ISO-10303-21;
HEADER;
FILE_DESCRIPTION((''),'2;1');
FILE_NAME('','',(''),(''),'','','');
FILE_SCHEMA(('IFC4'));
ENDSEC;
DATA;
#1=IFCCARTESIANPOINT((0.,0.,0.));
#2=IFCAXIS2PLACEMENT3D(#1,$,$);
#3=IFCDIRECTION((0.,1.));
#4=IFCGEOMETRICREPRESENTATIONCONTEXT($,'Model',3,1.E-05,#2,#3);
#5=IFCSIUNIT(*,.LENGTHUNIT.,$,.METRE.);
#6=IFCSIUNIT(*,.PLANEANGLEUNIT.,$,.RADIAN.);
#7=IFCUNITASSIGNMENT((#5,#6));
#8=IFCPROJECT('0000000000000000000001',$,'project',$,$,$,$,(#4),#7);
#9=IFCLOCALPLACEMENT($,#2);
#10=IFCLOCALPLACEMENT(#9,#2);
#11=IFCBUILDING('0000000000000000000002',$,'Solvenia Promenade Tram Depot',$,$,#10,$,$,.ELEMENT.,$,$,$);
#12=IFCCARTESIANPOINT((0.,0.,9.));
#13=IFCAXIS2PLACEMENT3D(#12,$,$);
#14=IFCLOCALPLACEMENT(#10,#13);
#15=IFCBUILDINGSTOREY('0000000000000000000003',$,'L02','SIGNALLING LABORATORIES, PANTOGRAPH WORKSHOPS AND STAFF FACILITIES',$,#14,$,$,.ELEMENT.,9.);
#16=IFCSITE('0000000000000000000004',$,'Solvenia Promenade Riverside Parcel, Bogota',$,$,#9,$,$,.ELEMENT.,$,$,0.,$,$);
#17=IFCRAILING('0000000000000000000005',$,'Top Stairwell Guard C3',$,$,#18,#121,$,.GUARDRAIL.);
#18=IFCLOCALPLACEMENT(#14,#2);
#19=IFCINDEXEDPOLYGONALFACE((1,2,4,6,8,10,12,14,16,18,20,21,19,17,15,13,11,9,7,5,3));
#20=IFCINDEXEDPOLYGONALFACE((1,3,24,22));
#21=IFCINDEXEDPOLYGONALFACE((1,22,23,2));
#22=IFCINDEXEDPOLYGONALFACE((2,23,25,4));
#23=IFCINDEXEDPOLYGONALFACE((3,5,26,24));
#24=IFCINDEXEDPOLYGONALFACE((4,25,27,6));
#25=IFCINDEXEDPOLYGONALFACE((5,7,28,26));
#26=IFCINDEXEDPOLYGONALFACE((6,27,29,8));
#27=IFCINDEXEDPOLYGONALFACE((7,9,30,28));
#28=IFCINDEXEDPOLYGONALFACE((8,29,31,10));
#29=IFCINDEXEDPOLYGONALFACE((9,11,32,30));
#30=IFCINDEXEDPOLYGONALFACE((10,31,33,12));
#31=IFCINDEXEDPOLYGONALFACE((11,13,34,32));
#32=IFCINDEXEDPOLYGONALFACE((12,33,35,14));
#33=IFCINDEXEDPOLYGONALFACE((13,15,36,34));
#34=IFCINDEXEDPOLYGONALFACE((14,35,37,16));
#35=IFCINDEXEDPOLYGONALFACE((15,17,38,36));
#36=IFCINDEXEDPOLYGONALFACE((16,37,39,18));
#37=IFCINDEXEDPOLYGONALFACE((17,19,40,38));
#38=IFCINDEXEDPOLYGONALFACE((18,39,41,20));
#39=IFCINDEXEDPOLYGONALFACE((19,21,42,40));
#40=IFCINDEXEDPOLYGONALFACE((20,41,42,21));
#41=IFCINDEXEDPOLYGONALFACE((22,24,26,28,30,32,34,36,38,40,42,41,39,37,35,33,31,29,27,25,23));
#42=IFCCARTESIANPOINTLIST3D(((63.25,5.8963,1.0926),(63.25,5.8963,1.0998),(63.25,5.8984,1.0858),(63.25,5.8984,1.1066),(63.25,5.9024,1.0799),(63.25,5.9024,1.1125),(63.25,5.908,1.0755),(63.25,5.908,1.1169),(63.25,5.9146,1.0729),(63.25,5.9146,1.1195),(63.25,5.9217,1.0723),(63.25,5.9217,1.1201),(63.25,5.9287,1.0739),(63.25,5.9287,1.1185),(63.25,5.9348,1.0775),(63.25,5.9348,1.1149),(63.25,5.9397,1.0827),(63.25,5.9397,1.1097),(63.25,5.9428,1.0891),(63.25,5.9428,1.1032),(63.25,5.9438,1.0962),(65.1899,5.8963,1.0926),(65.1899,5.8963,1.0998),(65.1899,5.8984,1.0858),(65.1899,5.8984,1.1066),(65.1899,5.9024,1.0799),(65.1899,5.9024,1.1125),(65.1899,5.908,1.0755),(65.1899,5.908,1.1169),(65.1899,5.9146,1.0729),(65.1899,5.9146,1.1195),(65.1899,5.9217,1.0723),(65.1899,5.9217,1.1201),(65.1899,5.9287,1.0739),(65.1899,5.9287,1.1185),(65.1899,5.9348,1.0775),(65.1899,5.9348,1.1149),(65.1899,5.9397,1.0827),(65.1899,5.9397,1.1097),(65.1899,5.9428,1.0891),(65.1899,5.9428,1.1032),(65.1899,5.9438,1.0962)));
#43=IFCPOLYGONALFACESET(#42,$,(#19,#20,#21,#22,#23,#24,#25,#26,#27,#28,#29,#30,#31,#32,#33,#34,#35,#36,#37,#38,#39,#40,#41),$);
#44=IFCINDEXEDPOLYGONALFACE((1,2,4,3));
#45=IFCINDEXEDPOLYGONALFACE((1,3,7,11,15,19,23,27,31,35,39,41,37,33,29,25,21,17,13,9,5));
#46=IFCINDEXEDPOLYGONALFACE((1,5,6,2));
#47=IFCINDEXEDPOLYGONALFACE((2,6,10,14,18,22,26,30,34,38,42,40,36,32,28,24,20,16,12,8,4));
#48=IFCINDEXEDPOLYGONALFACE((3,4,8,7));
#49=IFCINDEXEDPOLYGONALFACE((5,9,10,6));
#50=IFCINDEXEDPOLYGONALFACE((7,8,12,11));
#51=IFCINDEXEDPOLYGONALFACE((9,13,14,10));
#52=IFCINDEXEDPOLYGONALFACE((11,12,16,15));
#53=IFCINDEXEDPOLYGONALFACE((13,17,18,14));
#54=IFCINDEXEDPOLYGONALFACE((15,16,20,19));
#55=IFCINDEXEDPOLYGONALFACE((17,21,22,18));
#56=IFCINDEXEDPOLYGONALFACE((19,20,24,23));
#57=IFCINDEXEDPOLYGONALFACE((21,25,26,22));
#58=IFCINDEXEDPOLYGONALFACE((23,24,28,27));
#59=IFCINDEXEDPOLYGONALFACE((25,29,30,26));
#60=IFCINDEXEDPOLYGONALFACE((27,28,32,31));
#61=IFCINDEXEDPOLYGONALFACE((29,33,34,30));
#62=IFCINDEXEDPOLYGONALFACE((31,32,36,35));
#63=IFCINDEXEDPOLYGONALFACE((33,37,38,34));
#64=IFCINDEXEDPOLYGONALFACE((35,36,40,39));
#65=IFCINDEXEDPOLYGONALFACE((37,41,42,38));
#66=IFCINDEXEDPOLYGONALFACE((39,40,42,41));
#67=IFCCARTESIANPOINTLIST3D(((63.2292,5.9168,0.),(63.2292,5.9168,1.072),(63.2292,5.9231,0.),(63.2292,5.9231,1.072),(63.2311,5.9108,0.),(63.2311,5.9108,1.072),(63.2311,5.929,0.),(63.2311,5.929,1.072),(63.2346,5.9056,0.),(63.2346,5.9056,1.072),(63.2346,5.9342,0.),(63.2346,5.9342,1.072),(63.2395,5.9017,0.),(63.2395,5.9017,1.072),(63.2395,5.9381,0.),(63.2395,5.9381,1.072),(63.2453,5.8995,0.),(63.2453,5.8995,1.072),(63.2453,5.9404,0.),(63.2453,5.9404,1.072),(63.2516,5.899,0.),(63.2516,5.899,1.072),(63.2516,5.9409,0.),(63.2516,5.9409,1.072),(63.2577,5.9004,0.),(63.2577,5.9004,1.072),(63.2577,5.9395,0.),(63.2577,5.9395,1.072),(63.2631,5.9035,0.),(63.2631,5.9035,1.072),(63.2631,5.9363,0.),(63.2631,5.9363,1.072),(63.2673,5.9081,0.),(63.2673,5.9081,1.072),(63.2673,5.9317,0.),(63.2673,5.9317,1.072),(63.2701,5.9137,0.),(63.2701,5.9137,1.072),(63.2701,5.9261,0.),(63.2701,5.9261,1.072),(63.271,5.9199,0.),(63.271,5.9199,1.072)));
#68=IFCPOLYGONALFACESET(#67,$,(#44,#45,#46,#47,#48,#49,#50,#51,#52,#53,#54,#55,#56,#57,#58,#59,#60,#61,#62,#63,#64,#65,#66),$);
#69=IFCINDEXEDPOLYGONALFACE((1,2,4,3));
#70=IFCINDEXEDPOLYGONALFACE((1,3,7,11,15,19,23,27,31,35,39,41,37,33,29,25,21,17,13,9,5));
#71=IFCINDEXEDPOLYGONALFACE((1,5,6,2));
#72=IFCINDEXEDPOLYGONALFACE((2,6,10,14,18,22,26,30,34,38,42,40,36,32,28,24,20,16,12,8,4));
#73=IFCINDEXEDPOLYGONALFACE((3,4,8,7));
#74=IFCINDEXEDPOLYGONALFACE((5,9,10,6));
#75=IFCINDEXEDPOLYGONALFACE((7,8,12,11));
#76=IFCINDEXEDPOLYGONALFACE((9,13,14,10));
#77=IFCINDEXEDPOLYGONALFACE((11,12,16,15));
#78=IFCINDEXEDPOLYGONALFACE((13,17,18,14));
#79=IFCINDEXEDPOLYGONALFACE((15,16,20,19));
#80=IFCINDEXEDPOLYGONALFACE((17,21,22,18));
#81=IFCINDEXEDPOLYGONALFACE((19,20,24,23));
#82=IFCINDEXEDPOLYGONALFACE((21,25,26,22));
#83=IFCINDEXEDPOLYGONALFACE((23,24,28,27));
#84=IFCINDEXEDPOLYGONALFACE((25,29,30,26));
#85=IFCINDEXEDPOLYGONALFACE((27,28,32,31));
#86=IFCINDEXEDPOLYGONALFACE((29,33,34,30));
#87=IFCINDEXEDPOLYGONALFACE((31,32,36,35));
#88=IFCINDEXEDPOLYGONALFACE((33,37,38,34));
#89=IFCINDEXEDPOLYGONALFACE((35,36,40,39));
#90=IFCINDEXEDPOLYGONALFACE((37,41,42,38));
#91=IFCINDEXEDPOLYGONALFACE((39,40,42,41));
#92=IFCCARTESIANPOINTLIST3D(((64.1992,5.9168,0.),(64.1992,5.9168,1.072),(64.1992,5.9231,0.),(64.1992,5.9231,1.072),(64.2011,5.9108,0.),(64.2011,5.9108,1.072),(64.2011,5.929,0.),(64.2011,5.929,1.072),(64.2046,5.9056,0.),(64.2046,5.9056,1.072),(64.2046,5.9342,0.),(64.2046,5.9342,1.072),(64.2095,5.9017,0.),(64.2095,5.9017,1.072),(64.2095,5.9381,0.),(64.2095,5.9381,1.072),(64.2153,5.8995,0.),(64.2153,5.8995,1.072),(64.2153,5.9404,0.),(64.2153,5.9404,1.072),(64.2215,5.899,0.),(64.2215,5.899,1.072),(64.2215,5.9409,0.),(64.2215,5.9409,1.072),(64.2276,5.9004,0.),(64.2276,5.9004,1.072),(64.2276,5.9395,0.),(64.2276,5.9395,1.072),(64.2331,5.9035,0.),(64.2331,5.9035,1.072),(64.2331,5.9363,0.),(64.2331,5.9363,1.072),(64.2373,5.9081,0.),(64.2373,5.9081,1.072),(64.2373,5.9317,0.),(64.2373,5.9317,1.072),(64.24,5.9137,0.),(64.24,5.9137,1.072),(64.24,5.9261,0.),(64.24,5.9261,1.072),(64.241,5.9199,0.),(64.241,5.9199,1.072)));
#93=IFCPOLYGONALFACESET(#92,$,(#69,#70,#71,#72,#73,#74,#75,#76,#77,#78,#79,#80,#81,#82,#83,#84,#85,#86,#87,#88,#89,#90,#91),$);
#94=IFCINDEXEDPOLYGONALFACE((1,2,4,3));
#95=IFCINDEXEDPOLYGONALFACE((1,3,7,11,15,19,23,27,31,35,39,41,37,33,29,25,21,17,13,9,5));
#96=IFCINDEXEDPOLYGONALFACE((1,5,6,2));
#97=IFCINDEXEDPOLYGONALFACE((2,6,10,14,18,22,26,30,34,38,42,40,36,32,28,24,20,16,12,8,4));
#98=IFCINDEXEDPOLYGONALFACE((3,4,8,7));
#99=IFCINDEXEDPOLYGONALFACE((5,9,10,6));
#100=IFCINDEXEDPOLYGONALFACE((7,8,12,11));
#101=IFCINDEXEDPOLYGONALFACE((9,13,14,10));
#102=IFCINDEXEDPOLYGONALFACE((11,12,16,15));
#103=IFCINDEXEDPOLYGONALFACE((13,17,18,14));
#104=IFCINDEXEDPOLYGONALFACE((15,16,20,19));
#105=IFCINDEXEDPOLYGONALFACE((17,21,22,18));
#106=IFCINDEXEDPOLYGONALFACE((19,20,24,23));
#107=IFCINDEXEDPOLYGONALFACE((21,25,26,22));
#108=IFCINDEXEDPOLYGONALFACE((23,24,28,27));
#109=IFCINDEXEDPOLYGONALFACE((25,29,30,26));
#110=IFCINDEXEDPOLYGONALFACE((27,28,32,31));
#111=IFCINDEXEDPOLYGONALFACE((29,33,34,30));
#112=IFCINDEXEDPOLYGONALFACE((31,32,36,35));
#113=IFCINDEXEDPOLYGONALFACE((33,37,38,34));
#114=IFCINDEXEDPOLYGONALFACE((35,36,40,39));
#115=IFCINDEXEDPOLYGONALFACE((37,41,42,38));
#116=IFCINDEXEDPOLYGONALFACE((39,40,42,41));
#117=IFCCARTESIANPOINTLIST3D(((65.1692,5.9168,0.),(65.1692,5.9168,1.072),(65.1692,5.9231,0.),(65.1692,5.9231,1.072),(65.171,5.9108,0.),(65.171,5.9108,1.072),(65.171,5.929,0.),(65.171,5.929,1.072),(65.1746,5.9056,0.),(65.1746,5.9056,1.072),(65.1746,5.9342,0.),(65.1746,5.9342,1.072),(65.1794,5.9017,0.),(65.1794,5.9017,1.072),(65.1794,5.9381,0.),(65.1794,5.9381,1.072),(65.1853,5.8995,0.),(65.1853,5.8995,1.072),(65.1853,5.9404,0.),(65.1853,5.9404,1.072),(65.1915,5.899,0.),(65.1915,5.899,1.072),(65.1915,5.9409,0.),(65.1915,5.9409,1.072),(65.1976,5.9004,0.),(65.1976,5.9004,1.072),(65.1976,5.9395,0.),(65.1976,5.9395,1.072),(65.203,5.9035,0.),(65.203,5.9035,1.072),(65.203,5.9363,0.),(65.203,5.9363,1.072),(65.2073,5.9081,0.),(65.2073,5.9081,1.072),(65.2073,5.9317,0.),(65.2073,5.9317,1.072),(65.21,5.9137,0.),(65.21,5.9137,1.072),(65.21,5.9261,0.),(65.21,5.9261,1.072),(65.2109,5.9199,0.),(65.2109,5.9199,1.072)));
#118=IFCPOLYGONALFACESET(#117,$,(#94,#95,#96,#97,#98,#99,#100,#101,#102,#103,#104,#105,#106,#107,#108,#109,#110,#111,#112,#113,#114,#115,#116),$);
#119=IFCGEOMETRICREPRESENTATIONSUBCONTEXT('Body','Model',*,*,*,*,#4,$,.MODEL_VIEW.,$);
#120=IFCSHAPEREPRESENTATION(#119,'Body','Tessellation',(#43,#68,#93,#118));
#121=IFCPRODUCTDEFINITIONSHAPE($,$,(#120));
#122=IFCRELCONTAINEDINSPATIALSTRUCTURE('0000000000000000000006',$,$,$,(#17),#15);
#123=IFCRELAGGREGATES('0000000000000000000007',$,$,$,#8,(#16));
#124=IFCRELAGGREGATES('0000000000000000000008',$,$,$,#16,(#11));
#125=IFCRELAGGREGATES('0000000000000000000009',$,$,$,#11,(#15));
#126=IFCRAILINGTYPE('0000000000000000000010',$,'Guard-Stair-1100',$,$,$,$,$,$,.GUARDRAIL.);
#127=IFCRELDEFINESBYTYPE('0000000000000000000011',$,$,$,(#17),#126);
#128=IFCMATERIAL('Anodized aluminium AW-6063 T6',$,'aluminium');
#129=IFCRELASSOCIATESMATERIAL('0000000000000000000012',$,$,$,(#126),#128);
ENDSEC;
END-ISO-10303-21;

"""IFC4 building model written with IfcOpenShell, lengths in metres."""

from ifc_helpers import new_model, si_unit, direction, frame, origin, origin_2d, place, context, subcontext, project, spatial, circle, extrude, material, type_object, element, save


model = new_model("IFC4")

# Units and contexts
model_context = context("Model", 3, precision=1e-05, world=origin(), true_north=direction((0.0, 1.0)))
body_context = subcontext(model_context, "Body", "Model", "MODEL_VIEW")
ifc_project = project(units=[si_unit("LENGTHUNIT", "METRE"), si_unit("PLANEANGLEUNIT", "RADIAN")], contexts=[model_context])

# Site, building, storey
site_placement = place(None, origin())
site = spatial("IfcSite", under=ifc_project, at=site_placement, Name="Solvenia Promenade Riverside Parcel, Bogota", CompositionType="ELEMENT", RefElevation=0.0)
building_placement = place(site_placement, origin())
building = spatial("IfcBuilding", under=site, at=building_placement, Name="Solvenia Promenade Tram Depot", CompositionType="ELEMENT")
storey_placement = place(building_placement, frame((0.0, 0.0, 9.0)))
storey = spatial("IfcBuildingStorey", under=building, at=storey_placement, Name="L02", Description="SIGNALLING LABORATORIES, PANTOGRAPH WORKSHOPS AND STAFF FACILITIES", CompositionType="ELEMENT", Elevation=9.0)

# Railing
ifc_material_1 = material(Name="Anodized aluminium AW-6063 T6", Category="aluminium")
railing_type = type_object("IfcRailingType", Name="Guard-Stair-1100", PredefinedType="GUARDRAIL", material=ifc_material_1)
railing_placement = place(storey_placement, frame((63.25, 5.9199, 0.0)))
element("IfcRailing", 1, at=railing_placement, inside=storey, type_object=railing_type, Name="Top Stairwell Guard C3", PredefinedType="GUARDRAIL", context=body_context, shape_type="SweptSolid", body=[
    extrude(circle(Radius=0.0239, at=origin_2d()), frame((0.0, 0.0, 1.0962), z_axis=(1.0, 0.0, 0.0), x_axis=(0.0, 1.0, 0.0)), (0.0, 0.0, 1.0), 1.9399),
    extrude(circle(Radius=0.021, at=origin_2d()), origin(), (0.0, 0.0, 1.0), 1.072),
    extrude(circle(Radius=0.021, at=origin_2d()), frame((0.97, 0.0, 0.0)), (0.0, 0.0, 1.0), 1.072),
    extrude(circle(Radius=0.021, at=origin_2d()), frame((1.9399, 0.0, 0.0)), (0.0, 0.0, 1.0), 1.072),
])

save(model, "model.ifc")
